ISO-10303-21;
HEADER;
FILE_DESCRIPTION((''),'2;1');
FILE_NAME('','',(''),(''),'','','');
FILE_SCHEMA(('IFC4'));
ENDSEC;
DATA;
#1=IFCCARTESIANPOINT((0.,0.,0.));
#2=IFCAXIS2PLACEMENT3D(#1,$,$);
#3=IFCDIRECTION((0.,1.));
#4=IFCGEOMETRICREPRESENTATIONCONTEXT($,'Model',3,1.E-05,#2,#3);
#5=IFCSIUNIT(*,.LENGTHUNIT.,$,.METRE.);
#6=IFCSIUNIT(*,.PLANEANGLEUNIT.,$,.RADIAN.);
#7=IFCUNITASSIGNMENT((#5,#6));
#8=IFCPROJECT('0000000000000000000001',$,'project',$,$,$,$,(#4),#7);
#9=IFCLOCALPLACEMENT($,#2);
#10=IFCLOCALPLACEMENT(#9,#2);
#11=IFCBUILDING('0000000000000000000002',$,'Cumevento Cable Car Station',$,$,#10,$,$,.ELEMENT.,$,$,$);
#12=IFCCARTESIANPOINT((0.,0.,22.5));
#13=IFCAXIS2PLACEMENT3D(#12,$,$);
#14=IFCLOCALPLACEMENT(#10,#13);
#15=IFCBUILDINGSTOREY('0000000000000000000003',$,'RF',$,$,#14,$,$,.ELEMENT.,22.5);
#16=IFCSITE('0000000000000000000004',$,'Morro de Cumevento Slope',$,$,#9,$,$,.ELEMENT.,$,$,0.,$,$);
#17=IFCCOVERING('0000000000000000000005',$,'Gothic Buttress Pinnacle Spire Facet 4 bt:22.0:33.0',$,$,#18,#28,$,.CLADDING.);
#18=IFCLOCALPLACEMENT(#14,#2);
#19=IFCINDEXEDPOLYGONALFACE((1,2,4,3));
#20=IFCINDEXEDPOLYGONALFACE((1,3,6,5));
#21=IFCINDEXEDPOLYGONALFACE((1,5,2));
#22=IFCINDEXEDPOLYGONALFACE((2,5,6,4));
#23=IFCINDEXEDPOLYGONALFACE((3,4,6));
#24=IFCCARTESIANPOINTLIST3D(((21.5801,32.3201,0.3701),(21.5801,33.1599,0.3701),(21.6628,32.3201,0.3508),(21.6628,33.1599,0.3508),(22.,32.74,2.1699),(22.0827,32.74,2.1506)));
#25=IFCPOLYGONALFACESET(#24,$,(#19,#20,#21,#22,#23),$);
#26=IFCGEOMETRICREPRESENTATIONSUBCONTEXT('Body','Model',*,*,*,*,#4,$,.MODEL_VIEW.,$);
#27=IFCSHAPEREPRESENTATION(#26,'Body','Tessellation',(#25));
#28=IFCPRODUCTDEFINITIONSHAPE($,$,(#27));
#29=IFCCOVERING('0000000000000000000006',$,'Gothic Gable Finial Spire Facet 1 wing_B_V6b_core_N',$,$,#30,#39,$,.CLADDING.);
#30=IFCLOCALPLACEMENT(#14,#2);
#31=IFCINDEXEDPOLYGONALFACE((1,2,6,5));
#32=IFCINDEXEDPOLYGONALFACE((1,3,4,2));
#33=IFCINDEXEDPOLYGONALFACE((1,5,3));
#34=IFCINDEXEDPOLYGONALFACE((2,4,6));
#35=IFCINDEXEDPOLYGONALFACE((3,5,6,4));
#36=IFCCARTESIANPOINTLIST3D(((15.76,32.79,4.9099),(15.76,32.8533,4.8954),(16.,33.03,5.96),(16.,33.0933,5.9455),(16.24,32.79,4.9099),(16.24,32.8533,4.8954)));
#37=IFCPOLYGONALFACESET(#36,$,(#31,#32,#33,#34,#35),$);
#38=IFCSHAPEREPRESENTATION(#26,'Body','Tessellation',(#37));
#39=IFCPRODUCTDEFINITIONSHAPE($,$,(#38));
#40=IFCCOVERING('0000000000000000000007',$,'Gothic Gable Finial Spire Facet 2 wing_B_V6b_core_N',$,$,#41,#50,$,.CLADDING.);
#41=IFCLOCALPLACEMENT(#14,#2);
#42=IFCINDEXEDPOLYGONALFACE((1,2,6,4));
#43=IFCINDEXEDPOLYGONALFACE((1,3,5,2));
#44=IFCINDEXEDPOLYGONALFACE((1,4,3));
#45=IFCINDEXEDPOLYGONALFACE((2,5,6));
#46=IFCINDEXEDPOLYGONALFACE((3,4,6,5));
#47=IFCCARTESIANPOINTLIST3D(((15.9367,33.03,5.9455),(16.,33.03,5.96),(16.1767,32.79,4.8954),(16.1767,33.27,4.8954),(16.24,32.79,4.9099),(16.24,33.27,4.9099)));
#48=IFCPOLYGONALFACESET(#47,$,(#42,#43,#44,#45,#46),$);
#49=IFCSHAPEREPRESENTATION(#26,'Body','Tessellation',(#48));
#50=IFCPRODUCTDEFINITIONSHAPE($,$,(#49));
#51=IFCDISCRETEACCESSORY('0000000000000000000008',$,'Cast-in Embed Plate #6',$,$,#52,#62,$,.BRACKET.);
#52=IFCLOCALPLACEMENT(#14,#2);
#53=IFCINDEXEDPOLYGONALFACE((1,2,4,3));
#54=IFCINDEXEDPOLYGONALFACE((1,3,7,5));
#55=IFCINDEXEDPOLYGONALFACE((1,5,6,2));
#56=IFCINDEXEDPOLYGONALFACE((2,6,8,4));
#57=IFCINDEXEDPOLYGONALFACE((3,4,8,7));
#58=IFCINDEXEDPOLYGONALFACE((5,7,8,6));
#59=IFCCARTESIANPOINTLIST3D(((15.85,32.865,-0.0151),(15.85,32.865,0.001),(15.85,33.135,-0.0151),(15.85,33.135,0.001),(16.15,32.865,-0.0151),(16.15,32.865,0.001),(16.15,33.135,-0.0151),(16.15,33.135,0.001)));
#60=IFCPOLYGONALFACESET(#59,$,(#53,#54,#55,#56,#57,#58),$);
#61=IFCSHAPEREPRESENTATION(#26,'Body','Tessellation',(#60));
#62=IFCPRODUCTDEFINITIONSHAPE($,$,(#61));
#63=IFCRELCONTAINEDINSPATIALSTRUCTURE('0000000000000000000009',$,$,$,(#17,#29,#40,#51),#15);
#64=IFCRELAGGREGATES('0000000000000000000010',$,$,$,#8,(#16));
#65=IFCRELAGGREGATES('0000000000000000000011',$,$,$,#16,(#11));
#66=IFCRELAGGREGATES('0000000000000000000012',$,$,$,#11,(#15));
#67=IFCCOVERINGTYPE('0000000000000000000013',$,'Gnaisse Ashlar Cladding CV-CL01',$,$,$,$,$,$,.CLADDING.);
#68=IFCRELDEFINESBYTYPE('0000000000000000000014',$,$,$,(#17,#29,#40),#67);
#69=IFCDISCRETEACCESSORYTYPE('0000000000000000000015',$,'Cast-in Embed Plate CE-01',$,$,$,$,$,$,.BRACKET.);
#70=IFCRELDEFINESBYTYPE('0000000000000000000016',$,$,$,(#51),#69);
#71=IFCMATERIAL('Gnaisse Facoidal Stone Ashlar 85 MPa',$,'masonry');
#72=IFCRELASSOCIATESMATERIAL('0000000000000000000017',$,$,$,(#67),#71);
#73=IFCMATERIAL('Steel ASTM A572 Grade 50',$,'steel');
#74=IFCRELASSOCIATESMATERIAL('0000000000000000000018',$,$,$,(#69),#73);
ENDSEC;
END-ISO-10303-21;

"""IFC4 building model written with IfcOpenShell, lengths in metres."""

from ifc_helpers import new_model, si_unit, direction, frame, origin, origin_2d, place, context, subcontext, project, spatial, polyline, rectangle, outline, extrude, material, type_object, element, save


model = new_model("IFC4")

# Units and contexts
model_context = context("Model", 3, precision=1e-05, world=origin(), true_north=direction((0.0, 1.0)))
body_context = subcontext(model_context, "Body", "Model", "MODEL_VIEW")
ifc_project = project(units=[si_unit("LENGTHUNIT", "METRE"), si_unit("PLANEANGLEUNIT", "RADIAN")], contexts=[model_context])

# Site, building, storey
site_placement = place(None, origin())
site = spatial("IfcSite", under=ifc_project, at=site_placement, Name="Morro de Cumevento Slope", CompositionType="ELEMENT", RefElevation=0.0)
building_placement = place(site_placement, origin())
building = spatial("IfcBuilding", under=site, at=building_placement, Name="Cumevento Cable Car Station", CompositionType="ELEMENT")
storey_placement = place(building_placement, frame((0.0, 0.0, 22.5)))
storey = spatial("IfcBuildingStorey", under=building, at=storey_placement, Name="RF", CompositionType="ELEMENT", Elevation=22.5)

# Coverings
ifc_material_1 = material(Name="Gnaisse Facoidal Stone Ashlar 85 MPa", Category="masonry")
covering_type_1 = type_object("IfcCoveringType", Name="Gnaisse Ashlar Cladding CV-CL01", PredefinedType="CLADDING", material=ifc_material_1)
for number, where, z_axis, x_axis, name in (
    (1, (21.5801, 32.3201, 0.3701), (-0.973845, 0.0, 0.227213), (0.0, 1.0, 0.0), "Gothic Buttress Pinnacle Spire Facet 4 bt:22.0:33.0"),
):
    element("IfcCovering", number, at=place(storey_placement, frame(where, z_axis=z_axis, x_axis=x_axis)), inside=storey, type_object=covering_type_1, Name=name, PredefinedType="CLADDING", context=body_context, shape_type="SweptSolid", body=[
        extrude(outline(polyline([(0.0, 0.0), (0.8398, 0.0), (0.4199, -1.8481), (0.0, 0.0)])), origin(), (0.0, 0.0, -1.0), 0.085),
    ])
for number, where, z_axis, x_axis, name in (
    (2, (15.76, 32.79, 4.9099), (0.0, -0.974863, 0.222806), (1.0, 0.0, 0.0), "Gothic Gable Finial Spire Facet 1 wing_B_V6b_core_N"),
    (3, (16.24, 32.79, 4.9099), (0.974863, 0.0, 0.222806), (0.0, 1.0, 0.0), "Gothic Gable Finial Spire Facet 2 wing_B_V6b_core_N"),
):
    element("IfcCovering", number, at=place(storey_placement, frame(where, z_axis=z_axis, x_axis=x_axis)), inside=storey, type_object=covering_type_1, Name=name, PredefinedType="CLADDING", context=body_context, shape_type="SweptSolid", body=[
        extrude(outline(polyline([(0.0, 0.0), (0.48, 0.0), (0.24, 1.0771), (0.0, 0.0)])), origin(), (0.0, 0.0, -1.0), 0.0649),
    ])

# Discrete accessory
ifc_material_2 = material(Name="Steel ASTM A572 Grade 50", Category="steel")
discrete_accessory_type = type_object("IfcDiscreteAccessoryType", Name="Cast-in Embed Plate CE-01", PredefinedType="BRACKET", material=ifc_material_2)
discrete_accessory_placement = place(storey_placement, frame((16.0, 33.0, -0.0151), z_axis=(0.0, 0.0, 1.0), x_axis=(1.0, 0.0, 0.0)))
element("IfcDiscreteAccessory", 4, at=discrete_accessory_placement, inside=storey, type_object=discrete_accessory_type, Name="Cast-in Embed Plate #6", PredefinedType="BRACKET", context=body_context, shape_type="SweptSolid", body=[
    extrude(rectangle(XDim=0.3, YDim=0.27, at=origin_2d()), origin(), (0.0, 0.0, 1.0), 0.0161),
])

save(model, "model.ifc")
